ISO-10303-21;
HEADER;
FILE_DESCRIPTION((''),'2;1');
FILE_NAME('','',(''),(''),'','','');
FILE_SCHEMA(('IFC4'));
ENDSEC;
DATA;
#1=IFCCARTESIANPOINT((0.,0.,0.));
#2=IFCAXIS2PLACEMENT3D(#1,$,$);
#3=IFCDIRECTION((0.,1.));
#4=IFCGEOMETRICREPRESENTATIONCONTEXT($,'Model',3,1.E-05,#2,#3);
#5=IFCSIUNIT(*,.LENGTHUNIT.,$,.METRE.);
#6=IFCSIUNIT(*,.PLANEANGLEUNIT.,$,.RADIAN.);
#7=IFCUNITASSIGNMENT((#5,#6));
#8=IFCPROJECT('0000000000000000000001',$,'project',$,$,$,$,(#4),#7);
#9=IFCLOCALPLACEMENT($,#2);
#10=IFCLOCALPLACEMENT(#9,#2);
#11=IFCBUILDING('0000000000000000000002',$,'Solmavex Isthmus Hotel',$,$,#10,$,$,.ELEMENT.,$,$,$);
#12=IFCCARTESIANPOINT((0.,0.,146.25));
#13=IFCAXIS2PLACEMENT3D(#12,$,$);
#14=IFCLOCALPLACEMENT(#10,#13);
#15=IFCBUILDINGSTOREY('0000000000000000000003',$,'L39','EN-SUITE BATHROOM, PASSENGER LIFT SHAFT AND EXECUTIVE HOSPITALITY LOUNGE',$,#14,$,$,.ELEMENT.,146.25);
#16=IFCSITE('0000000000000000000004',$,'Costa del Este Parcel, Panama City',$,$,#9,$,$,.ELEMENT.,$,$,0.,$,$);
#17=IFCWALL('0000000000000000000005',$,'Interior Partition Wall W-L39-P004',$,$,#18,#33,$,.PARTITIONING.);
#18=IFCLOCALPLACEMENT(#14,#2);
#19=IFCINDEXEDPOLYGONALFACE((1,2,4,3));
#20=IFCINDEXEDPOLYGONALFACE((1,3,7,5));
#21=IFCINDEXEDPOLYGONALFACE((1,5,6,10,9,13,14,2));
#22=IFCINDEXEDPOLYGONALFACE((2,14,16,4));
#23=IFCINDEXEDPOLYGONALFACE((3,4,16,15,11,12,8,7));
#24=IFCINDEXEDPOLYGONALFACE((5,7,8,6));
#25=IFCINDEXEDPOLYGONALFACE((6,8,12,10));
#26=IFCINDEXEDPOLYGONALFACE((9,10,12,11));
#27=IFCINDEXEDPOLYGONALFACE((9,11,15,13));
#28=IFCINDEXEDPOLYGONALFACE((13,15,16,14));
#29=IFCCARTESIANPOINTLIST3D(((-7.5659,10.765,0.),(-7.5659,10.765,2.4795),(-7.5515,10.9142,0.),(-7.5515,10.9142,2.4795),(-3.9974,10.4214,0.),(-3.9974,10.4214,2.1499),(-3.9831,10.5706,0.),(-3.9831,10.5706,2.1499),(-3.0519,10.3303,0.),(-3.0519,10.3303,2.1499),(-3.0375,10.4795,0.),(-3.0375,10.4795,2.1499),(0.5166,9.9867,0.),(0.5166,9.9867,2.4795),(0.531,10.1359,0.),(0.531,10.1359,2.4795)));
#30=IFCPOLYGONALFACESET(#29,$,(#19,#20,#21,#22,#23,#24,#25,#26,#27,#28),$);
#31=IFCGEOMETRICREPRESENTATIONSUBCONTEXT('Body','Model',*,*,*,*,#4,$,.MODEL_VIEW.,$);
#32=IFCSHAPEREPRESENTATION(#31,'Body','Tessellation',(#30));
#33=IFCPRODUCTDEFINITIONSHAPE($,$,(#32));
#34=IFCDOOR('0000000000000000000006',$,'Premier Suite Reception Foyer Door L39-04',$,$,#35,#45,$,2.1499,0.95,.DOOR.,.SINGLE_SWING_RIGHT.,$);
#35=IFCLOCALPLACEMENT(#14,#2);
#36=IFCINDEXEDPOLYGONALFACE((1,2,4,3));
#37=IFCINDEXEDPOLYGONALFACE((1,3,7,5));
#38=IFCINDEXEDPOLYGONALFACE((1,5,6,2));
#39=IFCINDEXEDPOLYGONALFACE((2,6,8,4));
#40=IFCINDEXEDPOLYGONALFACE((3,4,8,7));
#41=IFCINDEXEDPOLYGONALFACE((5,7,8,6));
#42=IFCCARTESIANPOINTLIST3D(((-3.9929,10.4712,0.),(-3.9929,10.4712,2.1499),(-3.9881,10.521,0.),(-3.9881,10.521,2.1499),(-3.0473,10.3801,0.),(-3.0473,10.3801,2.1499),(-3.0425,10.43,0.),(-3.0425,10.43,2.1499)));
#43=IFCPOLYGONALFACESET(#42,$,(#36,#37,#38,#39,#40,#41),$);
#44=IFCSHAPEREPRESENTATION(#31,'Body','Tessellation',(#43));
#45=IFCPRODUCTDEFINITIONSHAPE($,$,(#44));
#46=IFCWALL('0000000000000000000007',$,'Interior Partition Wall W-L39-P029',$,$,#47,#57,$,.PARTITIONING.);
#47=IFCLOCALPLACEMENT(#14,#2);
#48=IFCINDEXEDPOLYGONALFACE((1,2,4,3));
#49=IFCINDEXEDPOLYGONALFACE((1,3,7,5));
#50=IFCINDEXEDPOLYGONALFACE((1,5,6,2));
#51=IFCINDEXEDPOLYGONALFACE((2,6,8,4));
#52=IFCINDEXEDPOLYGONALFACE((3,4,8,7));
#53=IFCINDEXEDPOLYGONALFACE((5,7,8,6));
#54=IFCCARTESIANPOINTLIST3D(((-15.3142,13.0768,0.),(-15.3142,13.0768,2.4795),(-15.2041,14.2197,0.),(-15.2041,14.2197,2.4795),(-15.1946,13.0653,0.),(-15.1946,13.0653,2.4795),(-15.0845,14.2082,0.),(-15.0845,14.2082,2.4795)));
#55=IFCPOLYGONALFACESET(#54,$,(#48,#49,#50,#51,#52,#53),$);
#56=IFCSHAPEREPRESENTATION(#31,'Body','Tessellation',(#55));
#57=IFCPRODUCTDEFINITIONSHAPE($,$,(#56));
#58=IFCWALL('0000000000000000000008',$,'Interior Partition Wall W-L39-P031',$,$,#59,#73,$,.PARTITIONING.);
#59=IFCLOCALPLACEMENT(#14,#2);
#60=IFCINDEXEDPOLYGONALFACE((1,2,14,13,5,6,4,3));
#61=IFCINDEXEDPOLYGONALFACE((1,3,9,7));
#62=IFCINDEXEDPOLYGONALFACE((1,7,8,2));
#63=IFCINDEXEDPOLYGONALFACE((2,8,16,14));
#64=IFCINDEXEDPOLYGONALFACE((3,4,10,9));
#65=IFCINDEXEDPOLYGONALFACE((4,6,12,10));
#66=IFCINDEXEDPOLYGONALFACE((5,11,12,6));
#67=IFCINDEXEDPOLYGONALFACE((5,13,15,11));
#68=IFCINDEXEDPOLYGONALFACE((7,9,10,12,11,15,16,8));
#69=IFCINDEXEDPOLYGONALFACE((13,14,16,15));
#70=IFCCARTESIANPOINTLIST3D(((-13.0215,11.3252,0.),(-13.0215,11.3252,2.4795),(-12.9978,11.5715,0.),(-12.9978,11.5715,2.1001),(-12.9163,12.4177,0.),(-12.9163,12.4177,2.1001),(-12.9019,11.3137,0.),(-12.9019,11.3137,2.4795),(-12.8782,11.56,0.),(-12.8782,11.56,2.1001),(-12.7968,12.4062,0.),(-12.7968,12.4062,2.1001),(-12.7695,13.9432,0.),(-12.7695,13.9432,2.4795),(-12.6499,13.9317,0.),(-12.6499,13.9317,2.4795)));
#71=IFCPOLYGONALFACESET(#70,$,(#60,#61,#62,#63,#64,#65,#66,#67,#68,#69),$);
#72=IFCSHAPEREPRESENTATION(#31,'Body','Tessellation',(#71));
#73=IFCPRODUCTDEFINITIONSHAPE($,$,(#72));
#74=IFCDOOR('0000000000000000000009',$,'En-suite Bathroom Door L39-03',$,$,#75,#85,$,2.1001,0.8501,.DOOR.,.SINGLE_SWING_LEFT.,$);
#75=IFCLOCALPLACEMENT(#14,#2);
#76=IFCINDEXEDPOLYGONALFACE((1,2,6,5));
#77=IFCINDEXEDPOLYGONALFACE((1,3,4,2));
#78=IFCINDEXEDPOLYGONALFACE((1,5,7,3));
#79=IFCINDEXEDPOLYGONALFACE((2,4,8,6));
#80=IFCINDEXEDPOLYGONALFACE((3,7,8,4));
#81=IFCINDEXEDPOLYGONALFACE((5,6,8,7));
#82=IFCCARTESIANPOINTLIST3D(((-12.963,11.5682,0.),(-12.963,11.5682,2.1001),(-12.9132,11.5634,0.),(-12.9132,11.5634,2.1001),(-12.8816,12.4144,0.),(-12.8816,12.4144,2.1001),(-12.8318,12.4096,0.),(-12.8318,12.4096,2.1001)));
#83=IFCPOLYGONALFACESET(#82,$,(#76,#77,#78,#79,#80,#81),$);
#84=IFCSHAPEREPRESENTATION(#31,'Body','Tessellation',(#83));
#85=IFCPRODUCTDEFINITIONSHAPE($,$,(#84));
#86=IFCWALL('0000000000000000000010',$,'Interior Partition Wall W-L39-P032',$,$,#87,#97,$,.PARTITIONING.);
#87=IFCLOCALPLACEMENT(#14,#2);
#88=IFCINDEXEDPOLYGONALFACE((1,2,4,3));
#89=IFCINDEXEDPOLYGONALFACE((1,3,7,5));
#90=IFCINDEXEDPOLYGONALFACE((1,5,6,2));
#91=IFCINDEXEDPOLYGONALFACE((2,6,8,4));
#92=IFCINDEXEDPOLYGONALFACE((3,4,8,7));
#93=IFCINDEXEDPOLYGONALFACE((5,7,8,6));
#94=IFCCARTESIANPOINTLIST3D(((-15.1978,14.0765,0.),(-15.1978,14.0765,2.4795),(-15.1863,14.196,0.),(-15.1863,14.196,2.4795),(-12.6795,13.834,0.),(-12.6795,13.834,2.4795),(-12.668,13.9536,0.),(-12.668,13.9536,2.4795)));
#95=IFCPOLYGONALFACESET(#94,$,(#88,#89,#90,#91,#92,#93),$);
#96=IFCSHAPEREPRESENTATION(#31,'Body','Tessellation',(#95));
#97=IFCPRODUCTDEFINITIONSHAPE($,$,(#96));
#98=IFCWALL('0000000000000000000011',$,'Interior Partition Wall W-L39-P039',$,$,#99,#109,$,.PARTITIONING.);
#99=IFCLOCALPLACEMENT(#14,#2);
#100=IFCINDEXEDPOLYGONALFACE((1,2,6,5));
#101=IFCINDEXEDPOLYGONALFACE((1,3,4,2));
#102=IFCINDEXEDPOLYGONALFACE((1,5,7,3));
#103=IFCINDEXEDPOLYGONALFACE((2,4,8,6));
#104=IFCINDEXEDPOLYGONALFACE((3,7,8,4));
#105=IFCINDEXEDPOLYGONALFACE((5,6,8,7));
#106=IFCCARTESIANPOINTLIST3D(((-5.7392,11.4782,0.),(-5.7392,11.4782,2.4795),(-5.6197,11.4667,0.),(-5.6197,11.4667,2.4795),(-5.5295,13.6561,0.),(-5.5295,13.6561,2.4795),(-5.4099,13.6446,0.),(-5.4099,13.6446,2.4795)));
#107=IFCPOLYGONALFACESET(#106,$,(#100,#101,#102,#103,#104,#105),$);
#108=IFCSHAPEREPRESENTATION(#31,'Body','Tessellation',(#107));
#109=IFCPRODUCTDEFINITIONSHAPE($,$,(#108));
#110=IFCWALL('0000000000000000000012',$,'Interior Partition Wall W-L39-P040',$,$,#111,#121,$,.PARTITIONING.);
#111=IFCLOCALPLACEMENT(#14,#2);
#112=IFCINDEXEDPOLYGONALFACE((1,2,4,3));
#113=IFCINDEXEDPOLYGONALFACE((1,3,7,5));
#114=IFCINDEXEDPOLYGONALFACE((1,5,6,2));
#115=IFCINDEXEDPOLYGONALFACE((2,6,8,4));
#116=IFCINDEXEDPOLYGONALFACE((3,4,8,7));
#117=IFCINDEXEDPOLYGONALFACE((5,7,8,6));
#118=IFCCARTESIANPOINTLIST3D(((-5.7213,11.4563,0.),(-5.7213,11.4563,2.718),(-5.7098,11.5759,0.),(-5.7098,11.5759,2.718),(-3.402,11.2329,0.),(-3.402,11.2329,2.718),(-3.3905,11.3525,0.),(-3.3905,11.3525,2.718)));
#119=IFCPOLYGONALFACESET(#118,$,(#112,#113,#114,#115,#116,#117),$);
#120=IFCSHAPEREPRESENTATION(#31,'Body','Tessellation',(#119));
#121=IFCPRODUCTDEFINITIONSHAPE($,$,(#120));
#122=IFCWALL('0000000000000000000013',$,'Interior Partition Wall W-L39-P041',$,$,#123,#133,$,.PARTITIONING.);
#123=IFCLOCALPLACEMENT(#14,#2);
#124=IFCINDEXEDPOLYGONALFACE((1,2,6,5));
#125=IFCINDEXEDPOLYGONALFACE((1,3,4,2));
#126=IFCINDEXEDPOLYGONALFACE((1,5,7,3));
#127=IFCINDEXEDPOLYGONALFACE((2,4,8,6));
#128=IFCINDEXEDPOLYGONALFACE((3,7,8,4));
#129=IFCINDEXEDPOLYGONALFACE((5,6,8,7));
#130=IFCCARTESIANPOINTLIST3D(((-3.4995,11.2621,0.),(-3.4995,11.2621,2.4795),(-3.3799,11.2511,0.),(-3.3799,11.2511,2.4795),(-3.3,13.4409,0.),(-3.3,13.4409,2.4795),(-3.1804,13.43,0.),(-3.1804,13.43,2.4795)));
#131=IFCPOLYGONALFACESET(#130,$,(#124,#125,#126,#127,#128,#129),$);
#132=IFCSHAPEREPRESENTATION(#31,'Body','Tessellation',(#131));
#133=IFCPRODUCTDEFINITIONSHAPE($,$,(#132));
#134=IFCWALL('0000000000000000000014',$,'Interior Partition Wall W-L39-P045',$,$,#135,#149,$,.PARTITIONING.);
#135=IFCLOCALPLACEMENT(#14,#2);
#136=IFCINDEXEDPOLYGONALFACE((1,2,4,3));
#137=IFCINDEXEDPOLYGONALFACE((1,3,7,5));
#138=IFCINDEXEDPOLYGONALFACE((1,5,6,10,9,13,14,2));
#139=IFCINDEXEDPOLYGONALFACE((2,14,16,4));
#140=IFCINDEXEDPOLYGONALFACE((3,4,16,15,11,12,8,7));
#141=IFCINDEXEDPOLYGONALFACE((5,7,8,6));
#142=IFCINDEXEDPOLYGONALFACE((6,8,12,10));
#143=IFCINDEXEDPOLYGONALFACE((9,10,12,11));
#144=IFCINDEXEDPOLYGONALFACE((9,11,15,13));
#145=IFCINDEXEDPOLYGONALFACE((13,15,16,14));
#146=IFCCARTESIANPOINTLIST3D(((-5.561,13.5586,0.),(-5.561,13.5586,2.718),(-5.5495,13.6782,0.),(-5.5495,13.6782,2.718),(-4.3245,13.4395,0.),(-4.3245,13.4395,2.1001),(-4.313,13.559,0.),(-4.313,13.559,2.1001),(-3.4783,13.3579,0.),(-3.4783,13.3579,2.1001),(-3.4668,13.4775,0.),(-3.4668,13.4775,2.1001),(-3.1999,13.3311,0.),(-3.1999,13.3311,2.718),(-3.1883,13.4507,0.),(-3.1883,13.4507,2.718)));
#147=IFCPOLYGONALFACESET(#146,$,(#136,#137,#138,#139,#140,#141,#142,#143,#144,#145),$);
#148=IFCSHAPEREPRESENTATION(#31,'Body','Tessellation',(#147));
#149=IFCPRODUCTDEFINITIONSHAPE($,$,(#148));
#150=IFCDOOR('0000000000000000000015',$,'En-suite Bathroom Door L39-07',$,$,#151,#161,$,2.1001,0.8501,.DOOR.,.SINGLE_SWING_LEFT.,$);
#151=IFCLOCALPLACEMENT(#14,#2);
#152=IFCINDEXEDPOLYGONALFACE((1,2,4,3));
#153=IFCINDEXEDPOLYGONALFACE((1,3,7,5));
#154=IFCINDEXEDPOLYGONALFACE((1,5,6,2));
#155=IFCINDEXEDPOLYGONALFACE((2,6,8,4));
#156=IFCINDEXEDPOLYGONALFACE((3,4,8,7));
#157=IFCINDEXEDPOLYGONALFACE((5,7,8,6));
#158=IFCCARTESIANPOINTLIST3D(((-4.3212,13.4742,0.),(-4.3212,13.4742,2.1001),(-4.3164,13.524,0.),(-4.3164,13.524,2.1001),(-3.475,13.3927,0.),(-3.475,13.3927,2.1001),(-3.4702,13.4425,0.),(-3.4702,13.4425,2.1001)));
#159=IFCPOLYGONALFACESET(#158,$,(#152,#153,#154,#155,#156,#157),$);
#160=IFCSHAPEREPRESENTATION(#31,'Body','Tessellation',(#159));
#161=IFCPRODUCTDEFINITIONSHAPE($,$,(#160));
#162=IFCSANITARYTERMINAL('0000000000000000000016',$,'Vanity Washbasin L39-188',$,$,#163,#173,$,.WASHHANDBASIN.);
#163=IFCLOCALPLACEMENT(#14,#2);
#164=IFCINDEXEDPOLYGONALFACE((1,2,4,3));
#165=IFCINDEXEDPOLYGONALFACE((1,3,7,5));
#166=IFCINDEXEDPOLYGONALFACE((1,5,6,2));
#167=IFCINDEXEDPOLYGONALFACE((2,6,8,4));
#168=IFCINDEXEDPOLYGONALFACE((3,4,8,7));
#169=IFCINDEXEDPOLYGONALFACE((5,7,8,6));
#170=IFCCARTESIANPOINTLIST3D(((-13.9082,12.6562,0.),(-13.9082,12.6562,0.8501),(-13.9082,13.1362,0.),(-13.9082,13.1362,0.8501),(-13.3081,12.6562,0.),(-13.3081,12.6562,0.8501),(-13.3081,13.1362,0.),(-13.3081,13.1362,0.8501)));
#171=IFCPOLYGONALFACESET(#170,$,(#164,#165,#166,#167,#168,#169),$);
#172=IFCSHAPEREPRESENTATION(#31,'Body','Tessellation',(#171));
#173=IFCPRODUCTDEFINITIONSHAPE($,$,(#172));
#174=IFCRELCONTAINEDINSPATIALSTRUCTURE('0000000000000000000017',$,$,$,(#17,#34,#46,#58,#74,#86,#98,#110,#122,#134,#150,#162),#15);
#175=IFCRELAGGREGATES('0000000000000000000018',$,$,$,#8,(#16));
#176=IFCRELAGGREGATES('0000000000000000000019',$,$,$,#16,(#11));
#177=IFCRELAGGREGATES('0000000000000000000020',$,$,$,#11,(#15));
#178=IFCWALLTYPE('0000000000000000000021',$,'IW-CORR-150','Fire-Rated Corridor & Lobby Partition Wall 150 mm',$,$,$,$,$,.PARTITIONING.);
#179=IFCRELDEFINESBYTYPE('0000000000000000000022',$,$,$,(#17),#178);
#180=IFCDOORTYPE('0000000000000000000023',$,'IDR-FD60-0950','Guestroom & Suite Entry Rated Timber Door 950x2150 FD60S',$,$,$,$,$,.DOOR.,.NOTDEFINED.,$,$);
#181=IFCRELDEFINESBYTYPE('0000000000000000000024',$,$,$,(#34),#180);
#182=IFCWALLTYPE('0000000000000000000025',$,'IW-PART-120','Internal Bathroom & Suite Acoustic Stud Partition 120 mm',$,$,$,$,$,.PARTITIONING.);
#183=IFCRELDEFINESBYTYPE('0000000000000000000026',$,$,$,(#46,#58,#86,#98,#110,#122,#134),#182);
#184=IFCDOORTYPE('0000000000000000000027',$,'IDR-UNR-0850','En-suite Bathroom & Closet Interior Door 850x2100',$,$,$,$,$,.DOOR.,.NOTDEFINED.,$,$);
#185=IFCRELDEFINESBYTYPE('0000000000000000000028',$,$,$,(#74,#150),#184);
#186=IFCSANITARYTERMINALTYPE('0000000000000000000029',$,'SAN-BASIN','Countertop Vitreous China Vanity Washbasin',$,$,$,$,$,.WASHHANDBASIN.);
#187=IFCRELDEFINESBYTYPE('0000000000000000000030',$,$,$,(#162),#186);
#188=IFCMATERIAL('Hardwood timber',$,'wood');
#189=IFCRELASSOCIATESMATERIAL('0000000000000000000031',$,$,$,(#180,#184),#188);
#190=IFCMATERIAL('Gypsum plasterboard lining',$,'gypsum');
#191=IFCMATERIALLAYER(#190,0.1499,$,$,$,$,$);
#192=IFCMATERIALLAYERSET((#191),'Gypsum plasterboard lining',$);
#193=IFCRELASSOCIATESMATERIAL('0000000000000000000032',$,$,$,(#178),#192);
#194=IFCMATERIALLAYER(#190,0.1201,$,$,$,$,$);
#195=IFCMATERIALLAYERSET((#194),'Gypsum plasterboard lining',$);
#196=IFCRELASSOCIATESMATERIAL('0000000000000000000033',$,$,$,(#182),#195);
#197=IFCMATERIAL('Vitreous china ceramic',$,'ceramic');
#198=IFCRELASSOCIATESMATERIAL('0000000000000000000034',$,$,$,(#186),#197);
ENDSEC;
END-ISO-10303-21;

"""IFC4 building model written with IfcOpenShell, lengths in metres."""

from ifc_helpers import new_model, si_unit, direction, frame, frame_2d, origin, origin_2d, place, context, subcontext, project, spatial, rectangle, extrude, material, layer, layer_set, type_object, element, fill, save


model = new_model("IFC4")

# Units and contexts
model_context = context("Model", 3, precision=1e-05, world=origin(), true_north=direction((0.0, 1.0)))
body_context = subcontext(model_context, "Body", "Model", "MODEL_VIEW")
ifc_project = project(units=[si_unit("LENGTHUNIT", "METRE"), si_unit("PLANEANGLEUNIT", "RADIAN")], contexts=[model_context])

# Site, building, storey
site_placement = place(None, origin())
site = spatial("IfcSite", under=ifc_project, at=site_placement, Name="Costa del Este Parcel, Panama City", CompositionType="ELEMENT", RefElevation=0.0)
building_placement = place(site_placement, origin())
building = spatial("IfcBuilding", under=site, at=building_placement, Name="Solmavex Isthmus Hotel", CompositionType="ELEMENT")
storey_placement = place(building_placement, frame((0.0, 0.0, 146.25)))
storey = spatial("IfcBuildingStorey", under=building, at=storey_placement, Name="L39", Description="EN-SUITE BATHROOM, PASSENGER LIFT SHAFT AND EXECUTIVE HOSPITALITY LOUNGE", CompositionType="ELEMENT", Elevation=146.25)

# Shared definitions
ifc_material_1 = material(Name="Gypsum plasterboard lining", Category="gypsum")

# Wall, opening, door
ifc_material_2 = material(Name="Hardwood timber", Category="wood")
door_type_1 = type_object("IfcDoorType", Name="IDR-FD60-0950", Description="Guestroom & Suite Entry Rated Timber Door 950x2150 FD60S", OperationType="NOTDEFINED", PredefinedType="DOOR", material=ifc_material_2)
ifc_layer_1 = layer(ifc_material_1, 0.1499)
ifc_layer_set_1 = layer_set([ifc_layer_1], Name="Gypsum plasterboard lining")
wall_type_1 = type_object("IfcWallType", Name="IW-CORR-150", Description="Fire-Rated Corridor & Lobby Partition Wall 150 mm", PredefinedType="PARTITIONING", material=ifc_layer_set_1)
wall_1_placement = place(storey_placement, frame((-7.5588, 10.8396, 0.0), z_axis=(0.0, 0.0, 1.0), x_axis=(0.995395, -0.095853, 0.0)))
wall_1 = element("IfcWall", 1, at=wall_1_placement, inside=storey, type_object=wall_type_1, Name="Interior Partition Wall W-L39-P004", PredefinedType="PARTITIONING", context=body_context, shape_type="SweptSolid", body=[
    extrude(rectangle(XDim=8.1199, YDim=0.1499, at=frame_2d((4.0601, 0.0))), origin(), (0.0, 0.0, 1.0), 2.4795),
])
opening_1_placement = place(wall_1_placement, frame((3.585, 0.0, 0.0)))
opening_1 = element("IfcOpeningElement", 2, at=opening_1_placement, cuts=wall_1, PredefinedType="OPENING", context=body_context, shape_type="SweptSolid", body=[
    extrude(rectangle(XDim=0.95, YDim=2.1499, at=frame_2d((0.4751, 1.075))), frame((0.0, 0.085, 0.0), z_axis=(0.0, -1.0, 0.0), x_axis=(1.0, 0.0, 0.0)), (0.0, 0.0, 1.0), 0.1699),
])
door_1_placement = place(opening_1_placement, frame((0.95, 0.0, 0.0), z_axis=(0.0, 0.0, 1.0), x_axis=(-1.0, 0.0, 0.0)))
door_1 = element("IfcDoor", 3, at=door_1_placement, inside=storey, type_object=door_type_1, Name="Premier Suite Reception Foyer Door L39-04", OperationType="SINGLE_SWING_RIGHT", OverallHeight=2.1499, OverallWidth=0.95, PredefinedType="DOOR", context=body_context, shape_type="SweptSolid", body=[
    extrude(rectangle(XDim=0.95, YDim=2.1499, at=frame_2d((0.4751, 1.075))), frame((0.0, 0.0249, 0.0), z_axis=(0.0, -1.0, 0.0), x_axis=(1.0, 0.0, 0.0)), (0.0, 0.0, 1.0), 0.05),
])
fill(opening_1, door_1)

# Wall
ifc_layer_2 = layer(ifc_material_1, 0.1201)
ifc_layer_set_2 = layer_set([ifc_layer_2], Name="Gypsum plasterboard lining")
wall_type_2 = type_object("IfcWallType", Name="IW-PART-120", Description="Internal Bathroom & Suite Acoustic Stud Partition 120 mm", PredefinedType="PARTITIONING", material=ifc_layer_set_2)
wall_2_placement = place(storey_placement, frame((-15.1443, 14.2141, 0.0), z_axis=(0.0, 0.0, 1.0), x_axis=(-0.095903, -0.995391, 0.0)))
element("IfcWall", 4, at=wall_2_placement, inside=storey, type_object=wall_type_2, Name="Interior Partition Wall W-L39-P029", PredefinedType="PARTITIONING", context=body_context, shape_type="SweptSolid", body=[
    extrude(rectangle(XDim=1.1482, YDim=0.1201, at=frame_2d((0.5742, 0.0))), origin(), (0.0, 0.0, 1.0), 2.4795),
])

# Wall, opening, door
wall_3_placement = place(storey_placement, frame((-12.9617, 11.3196, 0.0), z_axis=(0.0, 0.0, 1.0), x_axis=(0.095799, 0.995401, 0.0)))
wall_3 = element("IfcWall", 5, at=wall_3_placement, inside=storey, type_object=wall_type_2, Name="Interior Partition Wall W-L39-P031", PredefinedType="PARTITIONING", context=body_context, shape_type="SweptSolid", body=[
    extrude(rectangle(XDim=2.6301, YDim=0.1201, at=frame_2d((1.3149, 0.0))), origin(), (0.0, 0.0, 1.0), 2.4795),
])
opening_2_placement = place(wall_3_placement, frame((0.2473, 0.0, 0.0)))
opening_2 = element("IfcOpeningElement", 6, at=opening_2_placement, cuts=wall_3, PredefinedType="OPENING", context=body_context, shape_type="SweptSolid", body=[
    extrude(rectangle(XDim=0.8501, YDim=2.1001, at=frame_2d((0.425, 1.05))), frame((0.0, 0.0701, 0.0), z_axis=(0.0, -1.0, 0.0), x_axis=(1.0, 0.0, 0.0)), (0.0, 0.0, 1.0), 0.1401),
])
door_type_2 = type_object("IfcDoorType", Name="IDR-UNR-0850", Description="En-suite Bathroom & Closet Interior Door 850x2100", OperationType="NOTDEFINED", PredefinedType="DOOR", material=ifc_material_2)
door_2_placement = place(opening_2_placement, frame((0.8501, 0.0, 0.0), z_axis=(0.0, 0.0, 1.0), x_axis=(-1.0, 0.0, 0.0)))
door_2 = element("IfcDoor", 7, at=door_2_placement, inside=storey, type_object=door_type_2, Name="En-suite Bathroom Door L39-03", OperationType="SINGLE_SWING_LEFT", OverallHeight=2.1001, OverallWidth=0.8501, PredefinedType="DOOR", context=body_context, shape_type="SweptSolid", body=[
    extrude(rectangle(XDim=0.8501, YDim=2.1001, at=frame_2d((0.425, 1.05))), frame((0.0, 0.0249, 0.0), z_axis=(0.0, -1.0, 0.0), x_axis=(1.0, 0.0, 0.0)), (0.0, 0.0, 1.0), 0.05),
])
fill(opening_2, door_2)

# Walls
wall_4_placement = place(storey_placement, frame((-12.6736, 13.8938, 0.0), z_axis=(0.0, 0.0, 1.0), x_axis=(-0.995398, 0.095825, 0.0)))
element("IfcWall", 8, at=wall_4_placement, inside=storey, type_object=wall_type_2, Name="Interior Partition Wall W-L39-P032", PredefinedType="PARTITIONING", context=body_context, shape_type="SweptSolid", body=[
    extrude(rectangle(XDim=2.53, YDim=0.1201, at=frame_2d((1.2651, 0.0))), origin(), (0.0, 0.0, 1.0), 2.4795),
])
wall_5_placement = place(storey_placement, frame((-5.4697, 13.6504, 0.0), z_axis=(0.0, 0.0, 1.0), x_axis=(-0.095846, -0.995396, 0.0)))
element("IfcWall", 9, at=wall_5_placement, inside=storey, type_object=wall_type_2, Name="Interior Partition Wall W-L39-P039", PredefinedType="PARTITIONING", context=body_context, shape_type="SweptSolid", body=[
    extrude(rectangle(XDim=2.188, YDim=0.1201, at=frame_2d((1.094, 0.0))), origin(), (0.0, 0.0, 1.0), 2.4795),
])
wall_6_placement = place(storey_placement, frame((-5.7156, 11.5161, 0.0), z_axis=(0.0, 0.0, 1.0), x_axis=(0.995394, -0.095872, 0.0)))
element("IfcWall", 10, at=wall_6_placement, inside=storey, type_object=wall_type_2, Name="Interior Partition Wall W-L39-P040", PredefinedType="PARTITIONING", context=body_context, shape_type="SweptSolid", body=[
    extrude(rectangle(XDim=2.3301, YDim=0.1201, at=frame_2d((1.165, 0.0))), origin(), (0.0, 0.0, 1.0), 2.718),
])
wall_7_placement = place(storey_placement, frame((-3.4397, 11.2566, 0.0), z_axis=(0.0, 0.0, 1.0), x_axis=(0.091159, 0.995836, 0.0)))
element("IfcWall", 11, at=wall_7_placement, inside=storey, type_object=wall_type_2, Name="Interior Partition Wall W-L39-P041", PredefinedType="PARTITIONING", context=body_context, shape_type="SweptSolid", body=[
    extrude(rectangle(XDim=2.188, YDim=0.1201, at=frame_2d((1.094, 0.0))), origin(), (0.0, 0.0, 1.0), 2.4795),
])

# Wall, opening, door
wall_8_placement = place(storey_placement, frame((-3.1941, 13.3909, 0.0), z_axis=(0.0, 0.0, 1.0), x_axis=(-0.995388, 0.095926, 0.0)))
wall_8 = element("IfcWall", 12, at=wall_8_placement, inside=storey, type_object=wall_type_2, Name="Interior Partition Wall W-L39-P045", PredefinedType="PARTITIONING", context=body_context, shape_type="SweptSolid", body=[
    extrude(rectangle(XDim=2.3721, YDim=0.1201, at=frame_2d((1.186, 0.0))), origin(), (0.0, 0.0, 1.0), 2.718),
])
opening_3_placement = place(wall_8_placement, frame((0.2798, 0.0, 0.0)))
opening_3 = element("IfcOpeningElement", 13, at=opening_3_placement, cuts=wall_8, PredefinedType="OPENING", context=body_context, shape_type="SweptSolid", body=[
    extrude(rectangle(XDim=0.8501, YDim=2.1001, at=frame_2d((0.425, 1.05))), frame((0.0, 0.0701, 0.0), z_axis=(0.0, -1.0, 0.0), x_axis=(1.0, 0.0, 0.0)), (0.0, 0.0, 1.0), 0.1401),
])
door_3_placement = place(opening_3_placement, frame((0.8501, 0.0, 0.0), z_axis=(0.0, 0.0, 1.0), x_axis=(-1.0, 0.0, 0.0)))
door_3 = element("IfcDoor", 14, at=door_3_placement, inside=storey, type_object=door_type_2, Name="En-suite Bathroom Door L39-07", OperationType="SINGLE_SWING_LEFT", OverallHeight=2.1001, OverallWidth=0.8501, PredefinedType="DOOR", context=body_context, shape_type="SweptSolid", body=[
    extrude(rectangle(XDim=0.8501, YDim=2.1001, at=frame_2d((0.425, 1.05))), frame((0.0, 0.0249, 0.0), z_axis=(0.0, -1.0, 0.0), x_axis=(1.0, 0.0, 0.0)), (0.0, 0.0, 1.0), 0.05),
])
fill(opening_3, door_3)

# Sanitary terminal
ifc_material_3 = material(Name="Vitreous china ceramic", Category="ceramic")
sanitary_terminal_type_1 = type_object("IfcSanitaryTerminalType", Name="SAN-BASIN", Description="Countertop Vitreous China Vanity Washbasin", PredefinedType="WASHHANDBASIN", material=ifc_material_3)
for number, where, z_axis, x_axis, name in (
    (15, (-13.6082, 12.8962, 0.0), (0.0, 0.0, 1.0), (1.0, 0.0, 0.0), "Vanity Washbasin L39-188"),
):
    element("IfcSanitaryTerminal", number, at=place(storey_placement, frame(where, z_axis=z_axis, x_axis=x_axis)), inside=storey, type_object=sanitary_terminal_type_1, Name=name, PredefinedType="WASHHANDBASIN", context=body_context, shape_type="SweptSolid", body=[
        extrude(rectangle(XDim=0.6001, YDim=0.48, at=origin_2d()), origin(), (0.0, 0.0, 1.0), 0.8501),
    ])

save(model, "model.ifc")
